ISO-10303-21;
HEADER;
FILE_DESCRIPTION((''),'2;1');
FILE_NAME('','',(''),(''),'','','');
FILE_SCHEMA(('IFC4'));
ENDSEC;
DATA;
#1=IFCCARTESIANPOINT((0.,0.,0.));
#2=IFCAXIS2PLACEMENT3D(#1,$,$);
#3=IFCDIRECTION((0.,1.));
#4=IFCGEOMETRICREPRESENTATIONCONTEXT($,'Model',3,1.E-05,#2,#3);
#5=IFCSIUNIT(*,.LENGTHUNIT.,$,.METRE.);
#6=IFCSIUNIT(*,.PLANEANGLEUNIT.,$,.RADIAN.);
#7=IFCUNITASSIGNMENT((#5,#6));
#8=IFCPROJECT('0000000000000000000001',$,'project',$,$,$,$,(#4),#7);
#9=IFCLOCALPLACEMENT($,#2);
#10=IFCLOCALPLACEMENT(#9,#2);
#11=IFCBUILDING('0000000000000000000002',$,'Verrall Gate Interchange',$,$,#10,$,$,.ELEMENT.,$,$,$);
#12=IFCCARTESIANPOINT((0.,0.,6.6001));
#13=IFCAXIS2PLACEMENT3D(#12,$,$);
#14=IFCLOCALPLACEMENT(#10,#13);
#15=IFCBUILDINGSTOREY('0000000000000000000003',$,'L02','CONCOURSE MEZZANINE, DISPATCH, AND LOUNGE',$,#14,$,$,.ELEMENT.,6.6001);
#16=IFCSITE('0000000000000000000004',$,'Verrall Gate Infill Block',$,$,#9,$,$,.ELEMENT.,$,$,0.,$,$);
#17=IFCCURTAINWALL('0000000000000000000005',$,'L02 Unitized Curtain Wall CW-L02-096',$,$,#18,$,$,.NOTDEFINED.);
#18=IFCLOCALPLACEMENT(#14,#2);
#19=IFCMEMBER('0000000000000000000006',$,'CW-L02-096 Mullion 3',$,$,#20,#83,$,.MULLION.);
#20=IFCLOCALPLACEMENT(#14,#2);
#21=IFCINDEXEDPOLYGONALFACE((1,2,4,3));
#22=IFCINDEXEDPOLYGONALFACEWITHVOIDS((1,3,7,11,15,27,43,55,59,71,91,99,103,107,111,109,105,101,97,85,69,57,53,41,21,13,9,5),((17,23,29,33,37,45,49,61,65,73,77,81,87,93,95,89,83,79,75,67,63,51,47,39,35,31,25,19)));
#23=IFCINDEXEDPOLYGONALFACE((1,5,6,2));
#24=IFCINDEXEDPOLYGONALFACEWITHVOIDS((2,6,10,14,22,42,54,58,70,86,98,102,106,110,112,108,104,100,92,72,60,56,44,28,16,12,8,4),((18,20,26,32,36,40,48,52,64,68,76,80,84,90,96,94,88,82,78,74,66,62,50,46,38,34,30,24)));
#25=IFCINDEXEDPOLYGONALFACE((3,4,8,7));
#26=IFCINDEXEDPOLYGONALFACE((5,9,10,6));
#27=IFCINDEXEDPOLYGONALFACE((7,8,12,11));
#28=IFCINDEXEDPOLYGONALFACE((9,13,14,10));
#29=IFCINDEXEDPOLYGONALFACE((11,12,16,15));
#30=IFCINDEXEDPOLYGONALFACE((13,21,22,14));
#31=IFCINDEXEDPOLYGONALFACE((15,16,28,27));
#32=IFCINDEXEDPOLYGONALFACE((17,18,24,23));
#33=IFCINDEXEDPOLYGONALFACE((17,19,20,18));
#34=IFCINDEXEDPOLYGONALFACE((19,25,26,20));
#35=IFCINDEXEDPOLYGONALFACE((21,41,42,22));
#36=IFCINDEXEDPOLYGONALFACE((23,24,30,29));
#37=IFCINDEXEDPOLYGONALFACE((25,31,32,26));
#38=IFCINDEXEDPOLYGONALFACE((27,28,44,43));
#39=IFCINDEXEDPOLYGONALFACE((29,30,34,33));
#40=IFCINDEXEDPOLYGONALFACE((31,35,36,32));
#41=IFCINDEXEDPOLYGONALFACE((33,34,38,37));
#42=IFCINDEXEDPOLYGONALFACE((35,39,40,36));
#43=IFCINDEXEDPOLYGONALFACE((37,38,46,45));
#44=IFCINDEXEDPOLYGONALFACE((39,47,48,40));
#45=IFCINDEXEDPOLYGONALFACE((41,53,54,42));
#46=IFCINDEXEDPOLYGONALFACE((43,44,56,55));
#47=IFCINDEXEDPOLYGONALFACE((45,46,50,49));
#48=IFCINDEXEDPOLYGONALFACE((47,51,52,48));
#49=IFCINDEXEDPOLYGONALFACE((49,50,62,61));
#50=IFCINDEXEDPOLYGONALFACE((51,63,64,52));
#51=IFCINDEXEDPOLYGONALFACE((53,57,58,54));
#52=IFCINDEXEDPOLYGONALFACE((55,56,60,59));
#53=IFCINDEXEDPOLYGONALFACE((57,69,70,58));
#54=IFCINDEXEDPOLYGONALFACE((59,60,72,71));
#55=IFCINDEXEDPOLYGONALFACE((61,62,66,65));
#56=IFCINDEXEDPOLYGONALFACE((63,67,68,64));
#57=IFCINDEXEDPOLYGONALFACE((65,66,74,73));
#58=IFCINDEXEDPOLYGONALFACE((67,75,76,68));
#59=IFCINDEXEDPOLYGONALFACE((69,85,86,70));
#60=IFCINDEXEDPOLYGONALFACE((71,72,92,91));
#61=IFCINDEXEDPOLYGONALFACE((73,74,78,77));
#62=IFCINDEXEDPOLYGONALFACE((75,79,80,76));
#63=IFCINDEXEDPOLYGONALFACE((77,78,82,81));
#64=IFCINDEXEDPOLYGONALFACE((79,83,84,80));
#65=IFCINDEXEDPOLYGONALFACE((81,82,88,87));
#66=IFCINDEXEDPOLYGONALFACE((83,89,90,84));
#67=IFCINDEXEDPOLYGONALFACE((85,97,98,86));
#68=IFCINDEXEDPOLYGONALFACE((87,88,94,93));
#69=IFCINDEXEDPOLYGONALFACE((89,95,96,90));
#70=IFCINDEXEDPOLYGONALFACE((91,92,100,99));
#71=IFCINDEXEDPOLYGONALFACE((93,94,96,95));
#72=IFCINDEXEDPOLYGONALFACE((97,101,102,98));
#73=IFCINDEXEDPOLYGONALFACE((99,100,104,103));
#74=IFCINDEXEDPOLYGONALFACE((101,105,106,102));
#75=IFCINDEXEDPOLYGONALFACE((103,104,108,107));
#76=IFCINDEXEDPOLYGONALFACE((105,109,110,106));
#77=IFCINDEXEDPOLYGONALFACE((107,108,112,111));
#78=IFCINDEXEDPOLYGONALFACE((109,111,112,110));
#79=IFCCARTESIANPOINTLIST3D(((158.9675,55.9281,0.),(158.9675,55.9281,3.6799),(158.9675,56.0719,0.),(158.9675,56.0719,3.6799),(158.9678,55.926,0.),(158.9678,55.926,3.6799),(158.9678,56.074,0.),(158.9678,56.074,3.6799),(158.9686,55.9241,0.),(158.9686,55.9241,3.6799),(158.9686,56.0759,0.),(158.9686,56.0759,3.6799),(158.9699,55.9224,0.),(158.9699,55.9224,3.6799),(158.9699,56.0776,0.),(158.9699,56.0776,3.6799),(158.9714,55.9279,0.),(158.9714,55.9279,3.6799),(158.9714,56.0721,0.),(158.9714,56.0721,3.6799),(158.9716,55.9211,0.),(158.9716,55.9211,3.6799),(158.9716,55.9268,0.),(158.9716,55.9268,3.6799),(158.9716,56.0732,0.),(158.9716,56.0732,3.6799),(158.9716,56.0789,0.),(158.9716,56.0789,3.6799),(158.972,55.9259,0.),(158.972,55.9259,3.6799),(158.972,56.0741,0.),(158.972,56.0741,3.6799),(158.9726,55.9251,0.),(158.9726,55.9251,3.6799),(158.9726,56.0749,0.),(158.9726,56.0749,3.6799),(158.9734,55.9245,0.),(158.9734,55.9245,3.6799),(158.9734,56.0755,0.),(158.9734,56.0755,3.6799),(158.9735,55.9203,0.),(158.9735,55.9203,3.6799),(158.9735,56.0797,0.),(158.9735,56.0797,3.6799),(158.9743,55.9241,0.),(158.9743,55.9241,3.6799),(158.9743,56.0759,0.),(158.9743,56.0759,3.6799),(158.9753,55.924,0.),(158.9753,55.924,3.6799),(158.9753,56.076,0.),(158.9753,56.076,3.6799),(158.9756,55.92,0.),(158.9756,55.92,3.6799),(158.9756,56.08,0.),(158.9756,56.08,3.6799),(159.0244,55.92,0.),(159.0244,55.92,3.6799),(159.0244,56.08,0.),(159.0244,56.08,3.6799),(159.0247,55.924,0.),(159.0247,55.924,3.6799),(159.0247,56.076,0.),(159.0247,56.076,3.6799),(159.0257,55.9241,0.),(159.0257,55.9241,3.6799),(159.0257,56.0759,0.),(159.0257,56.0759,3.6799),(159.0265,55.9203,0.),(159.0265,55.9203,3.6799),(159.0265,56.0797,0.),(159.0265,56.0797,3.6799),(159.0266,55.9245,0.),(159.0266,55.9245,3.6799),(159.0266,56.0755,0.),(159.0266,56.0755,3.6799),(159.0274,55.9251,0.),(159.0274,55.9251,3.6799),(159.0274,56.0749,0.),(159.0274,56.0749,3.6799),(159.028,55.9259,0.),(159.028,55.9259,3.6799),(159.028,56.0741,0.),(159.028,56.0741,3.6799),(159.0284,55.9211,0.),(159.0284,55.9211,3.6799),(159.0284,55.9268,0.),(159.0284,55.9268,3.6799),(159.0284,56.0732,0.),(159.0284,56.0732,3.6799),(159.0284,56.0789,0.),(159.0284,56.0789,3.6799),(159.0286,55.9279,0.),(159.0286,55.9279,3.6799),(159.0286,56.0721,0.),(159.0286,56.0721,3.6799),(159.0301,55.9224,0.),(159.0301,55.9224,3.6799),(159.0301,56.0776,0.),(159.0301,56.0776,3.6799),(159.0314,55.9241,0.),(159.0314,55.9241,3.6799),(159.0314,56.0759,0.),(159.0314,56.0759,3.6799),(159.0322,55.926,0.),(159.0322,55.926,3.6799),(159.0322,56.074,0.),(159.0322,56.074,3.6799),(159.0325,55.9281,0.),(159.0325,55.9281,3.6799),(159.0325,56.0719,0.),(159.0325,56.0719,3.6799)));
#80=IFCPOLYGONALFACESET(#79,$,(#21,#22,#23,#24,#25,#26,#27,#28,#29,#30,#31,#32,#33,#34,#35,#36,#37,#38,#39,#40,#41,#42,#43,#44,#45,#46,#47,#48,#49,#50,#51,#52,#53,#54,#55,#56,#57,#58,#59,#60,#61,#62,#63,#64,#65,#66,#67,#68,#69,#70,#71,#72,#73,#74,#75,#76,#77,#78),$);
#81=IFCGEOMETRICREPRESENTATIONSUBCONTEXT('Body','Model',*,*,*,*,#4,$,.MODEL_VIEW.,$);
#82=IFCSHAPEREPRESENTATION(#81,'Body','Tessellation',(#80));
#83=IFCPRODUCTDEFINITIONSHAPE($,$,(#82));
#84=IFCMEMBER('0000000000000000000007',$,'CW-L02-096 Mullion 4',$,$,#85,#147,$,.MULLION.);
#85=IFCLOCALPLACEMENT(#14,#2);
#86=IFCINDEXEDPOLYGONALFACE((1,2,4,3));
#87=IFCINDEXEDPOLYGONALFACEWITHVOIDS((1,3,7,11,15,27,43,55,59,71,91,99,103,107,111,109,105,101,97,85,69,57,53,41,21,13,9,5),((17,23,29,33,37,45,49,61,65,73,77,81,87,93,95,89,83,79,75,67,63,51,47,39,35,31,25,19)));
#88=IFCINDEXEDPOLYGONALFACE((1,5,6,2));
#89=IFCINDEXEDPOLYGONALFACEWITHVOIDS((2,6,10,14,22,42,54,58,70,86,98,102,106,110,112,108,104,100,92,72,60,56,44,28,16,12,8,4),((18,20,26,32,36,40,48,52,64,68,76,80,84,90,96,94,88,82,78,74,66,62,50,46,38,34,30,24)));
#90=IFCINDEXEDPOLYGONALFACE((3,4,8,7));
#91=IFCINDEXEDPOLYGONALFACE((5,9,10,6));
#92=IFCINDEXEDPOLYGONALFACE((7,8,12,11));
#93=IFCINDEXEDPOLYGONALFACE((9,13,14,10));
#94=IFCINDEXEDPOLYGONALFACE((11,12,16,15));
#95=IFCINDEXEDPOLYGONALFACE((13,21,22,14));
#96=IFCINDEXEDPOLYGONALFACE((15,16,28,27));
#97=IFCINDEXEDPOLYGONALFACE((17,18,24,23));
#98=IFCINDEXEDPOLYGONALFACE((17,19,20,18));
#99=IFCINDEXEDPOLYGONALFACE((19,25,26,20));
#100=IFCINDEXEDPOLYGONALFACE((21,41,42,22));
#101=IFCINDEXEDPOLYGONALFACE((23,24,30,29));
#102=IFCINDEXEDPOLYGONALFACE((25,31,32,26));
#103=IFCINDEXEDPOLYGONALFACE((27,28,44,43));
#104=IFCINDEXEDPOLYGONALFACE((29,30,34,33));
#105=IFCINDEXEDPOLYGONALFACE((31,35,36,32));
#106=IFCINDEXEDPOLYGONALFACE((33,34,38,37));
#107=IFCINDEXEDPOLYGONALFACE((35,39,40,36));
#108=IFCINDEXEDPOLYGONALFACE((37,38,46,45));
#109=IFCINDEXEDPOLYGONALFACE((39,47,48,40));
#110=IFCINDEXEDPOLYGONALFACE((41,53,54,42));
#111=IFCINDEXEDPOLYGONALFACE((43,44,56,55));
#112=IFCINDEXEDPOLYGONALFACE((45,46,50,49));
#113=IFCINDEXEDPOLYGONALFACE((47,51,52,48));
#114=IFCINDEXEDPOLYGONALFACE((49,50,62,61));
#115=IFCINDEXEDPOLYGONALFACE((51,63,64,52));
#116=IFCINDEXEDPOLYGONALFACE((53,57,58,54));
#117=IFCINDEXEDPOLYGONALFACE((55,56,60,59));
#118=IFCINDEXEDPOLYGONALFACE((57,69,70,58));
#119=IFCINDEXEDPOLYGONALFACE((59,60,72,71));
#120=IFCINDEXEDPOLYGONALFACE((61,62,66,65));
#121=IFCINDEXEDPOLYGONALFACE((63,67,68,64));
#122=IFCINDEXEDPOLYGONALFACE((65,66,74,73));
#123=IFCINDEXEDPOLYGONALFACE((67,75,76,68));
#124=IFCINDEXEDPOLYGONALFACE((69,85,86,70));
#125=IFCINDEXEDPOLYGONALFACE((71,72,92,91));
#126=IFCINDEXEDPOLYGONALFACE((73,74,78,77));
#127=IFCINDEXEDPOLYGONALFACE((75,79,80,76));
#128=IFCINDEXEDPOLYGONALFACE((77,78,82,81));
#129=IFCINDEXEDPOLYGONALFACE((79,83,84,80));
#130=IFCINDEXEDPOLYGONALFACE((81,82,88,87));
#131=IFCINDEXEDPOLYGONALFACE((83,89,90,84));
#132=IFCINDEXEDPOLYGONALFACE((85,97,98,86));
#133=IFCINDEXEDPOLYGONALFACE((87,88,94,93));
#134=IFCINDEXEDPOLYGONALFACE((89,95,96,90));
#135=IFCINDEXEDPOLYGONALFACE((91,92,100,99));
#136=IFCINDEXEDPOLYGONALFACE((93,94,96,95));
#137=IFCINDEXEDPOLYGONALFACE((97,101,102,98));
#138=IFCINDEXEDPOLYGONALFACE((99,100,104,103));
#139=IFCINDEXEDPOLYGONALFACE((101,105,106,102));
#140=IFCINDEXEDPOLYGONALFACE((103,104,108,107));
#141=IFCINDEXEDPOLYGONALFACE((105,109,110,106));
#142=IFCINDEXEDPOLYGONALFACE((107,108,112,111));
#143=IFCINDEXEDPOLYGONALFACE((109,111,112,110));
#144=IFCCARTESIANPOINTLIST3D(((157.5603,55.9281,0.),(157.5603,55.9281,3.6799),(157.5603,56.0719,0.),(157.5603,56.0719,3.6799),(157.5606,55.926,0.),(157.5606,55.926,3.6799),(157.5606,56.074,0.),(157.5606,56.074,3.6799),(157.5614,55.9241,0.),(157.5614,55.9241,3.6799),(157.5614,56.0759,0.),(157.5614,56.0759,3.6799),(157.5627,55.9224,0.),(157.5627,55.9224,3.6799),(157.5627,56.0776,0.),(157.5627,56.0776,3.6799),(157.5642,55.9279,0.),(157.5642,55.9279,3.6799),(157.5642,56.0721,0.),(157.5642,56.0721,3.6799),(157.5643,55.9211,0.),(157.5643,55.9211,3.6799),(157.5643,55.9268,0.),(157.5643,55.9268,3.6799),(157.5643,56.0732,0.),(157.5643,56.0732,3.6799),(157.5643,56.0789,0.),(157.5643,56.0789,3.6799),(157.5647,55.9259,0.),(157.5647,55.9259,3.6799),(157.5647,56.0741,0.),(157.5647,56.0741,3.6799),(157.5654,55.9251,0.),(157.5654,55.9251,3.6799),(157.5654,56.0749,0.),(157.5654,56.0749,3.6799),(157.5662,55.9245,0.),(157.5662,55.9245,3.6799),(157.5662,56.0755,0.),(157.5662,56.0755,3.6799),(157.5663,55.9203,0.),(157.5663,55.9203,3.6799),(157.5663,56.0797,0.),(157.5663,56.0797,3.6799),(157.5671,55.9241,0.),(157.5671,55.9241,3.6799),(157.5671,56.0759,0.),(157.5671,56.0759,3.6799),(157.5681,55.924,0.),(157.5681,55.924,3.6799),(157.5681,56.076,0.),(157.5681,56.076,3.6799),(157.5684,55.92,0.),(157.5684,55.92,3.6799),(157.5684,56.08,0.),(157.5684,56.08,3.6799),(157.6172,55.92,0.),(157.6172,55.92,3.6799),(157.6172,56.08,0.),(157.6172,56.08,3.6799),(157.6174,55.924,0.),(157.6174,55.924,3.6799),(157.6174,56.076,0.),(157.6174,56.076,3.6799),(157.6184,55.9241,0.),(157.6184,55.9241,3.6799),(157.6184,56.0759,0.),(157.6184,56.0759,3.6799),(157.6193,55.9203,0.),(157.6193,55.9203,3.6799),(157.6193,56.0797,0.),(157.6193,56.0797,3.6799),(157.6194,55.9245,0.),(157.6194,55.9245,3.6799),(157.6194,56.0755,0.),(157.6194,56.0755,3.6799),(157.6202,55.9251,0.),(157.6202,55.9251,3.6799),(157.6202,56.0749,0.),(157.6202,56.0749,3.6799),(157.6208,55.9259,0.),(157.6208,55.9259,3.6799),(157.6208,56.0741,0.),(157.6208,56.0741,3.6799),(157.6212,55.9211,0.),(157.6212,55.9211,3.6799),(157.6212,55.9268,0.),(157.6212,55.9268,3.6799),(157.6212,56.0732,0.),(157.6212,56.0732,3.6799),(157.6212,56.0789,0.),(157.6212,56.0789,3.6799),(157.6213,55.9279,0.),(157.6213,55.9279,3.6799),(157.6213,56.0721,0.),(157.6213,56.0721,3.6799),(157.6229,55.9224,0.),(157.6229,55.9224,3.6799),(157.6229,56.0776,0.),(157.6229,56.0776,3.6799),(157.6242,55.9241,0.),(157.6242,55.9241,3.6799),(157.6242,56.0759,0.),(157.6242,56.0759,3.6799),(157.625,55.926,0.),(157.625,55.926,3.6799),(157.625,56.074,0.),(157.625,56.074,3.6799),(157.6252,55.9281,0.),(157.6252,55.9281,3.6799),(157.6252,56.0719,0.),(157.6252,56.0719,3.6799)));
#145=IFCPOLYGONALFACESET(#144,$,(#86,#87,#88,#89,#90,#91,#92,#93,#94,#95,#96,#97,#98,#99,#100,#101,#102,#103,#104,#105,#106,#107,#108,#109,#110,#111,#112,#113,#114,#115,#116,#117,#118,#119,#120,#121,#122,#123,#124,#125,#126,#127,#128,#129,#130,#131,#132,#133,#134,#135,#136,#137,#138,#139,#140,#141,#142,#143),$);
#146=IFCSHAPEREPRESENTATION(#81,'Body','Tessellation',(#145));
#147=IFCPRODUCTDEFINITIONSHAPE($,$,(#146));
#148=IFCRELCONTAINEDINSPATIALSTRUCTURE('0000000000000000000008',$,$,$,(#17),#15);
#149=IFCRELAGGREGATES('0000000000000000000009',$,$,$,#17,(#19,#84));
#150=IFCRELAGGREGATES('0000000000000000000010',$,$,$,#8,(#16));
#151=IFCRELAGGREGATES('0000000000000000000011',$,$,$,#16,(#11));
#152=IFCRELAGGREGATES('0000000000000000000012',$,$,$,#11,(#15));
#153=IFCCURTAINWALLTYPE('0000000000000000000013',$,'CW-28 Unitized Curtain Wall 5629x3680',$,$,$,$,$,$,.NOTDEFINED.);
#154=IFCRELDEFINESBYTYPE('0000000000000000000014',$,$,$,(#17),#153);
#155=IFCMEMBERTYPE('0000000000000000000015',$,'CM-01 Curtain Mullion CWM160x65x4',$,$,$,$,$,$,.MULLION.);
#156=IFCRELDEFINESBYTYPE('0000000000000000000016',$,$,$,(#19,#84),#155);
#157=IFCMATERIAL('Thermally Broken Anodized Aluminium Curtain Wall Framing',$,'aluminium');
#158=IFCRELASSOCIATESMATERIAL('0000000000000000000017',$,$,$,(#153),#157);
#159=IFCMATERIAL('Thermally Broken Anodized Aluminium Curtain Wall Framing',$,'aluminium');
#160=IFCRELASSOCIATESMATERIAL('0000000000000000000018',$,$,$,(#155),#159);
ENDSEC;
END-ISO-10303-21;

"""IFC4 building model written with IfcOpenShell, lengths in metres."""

from ifc_helpers import new_model, si_unit, direction, frame, origin, origin_2d, place, context, subcontext, project, spatial, hollow_rectangle, extrude, material, material_profile, profile_set, type_object, element, aggregate, save


model = new_model("IFC4")

# Units and contexts
model_context = context("Model", 3, precision=1e-05, world=origin(), true_north=direction((0.0, 1.0)))
body_context = subcontext(model_context, "Body", "Model", "MODEL_VIEW")
ifc_project = project(units=[si_unit("LENGTHUNIT", "METRE"), si_unit("PLANEANGLEUNIT", "RADIAN")], contexts=[model_context])

# Site, building, storey
site_placement = place(None, origin())
site = spatial("IfcSite", under=ifc_project, at=site_placement, Name="Verrall Gate Infill Block", CompositionType="ELEMENT", RefElevation=0.0)
building_placement = place(site_placement, origin())
building = spatial("IfcBuilding", under=site, at=building_placement, Name="Verrall Gate Interchange", CompositionType="ELEMENT")
storey_placement = place(building_placement, frame((0.0, 0.0, 6.6001)))
storey = spatial("IfcBuildingStorey", under=building, at=storey_placement, Name="L02", Description="CONCOURSE MEZZANINE, DISPATCH, AND LOUNGE", CompositionType="ELEMENT", Elevation=6.6001)

# Curtain wall, members
ifc_material_1 = material(Name="Thermally Broken Anodized Aluminium Curtain Wall Framing", Category="aluminium")
curtain_wall_type_1 = type_object("IfcCurtainWallType", Name="CW-28 Unitized Curtain Wall 5629x3680", PredefinedType="NOTDEFINED", material=ifc_material_1)
curtain_wall_1_placement = place(storey_placement, origin())
curtain_wall_1 = element("IfcCurtainWall", 1, at=curtain_wall_1_placement, inside=storey, type_object=curtain_wall_type_1, Name="L02 Unitized Curtain Wall CW-L02-096", PredefinedType="NOTDEFINED")
ifc_material_2 = material(Name="Thermally Broken Anodized Aluminium Curtain Wall Framing", Category="aluminium")
ifc_material_profile_1 = material_profile(ifc_material_2, hollow_rectangle(XDim=0.0649, YDim=0.1599, WallThickness=0.0039, InnerFilletRadius=0.0039, OuterFilletRadius=0.0081, at=origin_2d()), Name="CWM160x65x4")
ifc_profile_set_1 = profile_set([ifc_material_profile_1], Name="Thermally Broken Anodized Aluminium Curtain Wall Framing")
member_type_1 = type_object("IfcMemberType", Name="CM-01 Curtain Mullion CWM160x65x4", PredefinedType="MULLION", material=ifc_profile_set_1)
member_1_placement = place(storey_placement, frame((159.0, 56.0, 0.0), z_axis=(0.0, 0.0, 1.0), x_axis=(-1.0, 0.0, 0.0)))
member_1 = element("IfcMember", 2, at=member_1_placement, type_object=member_type_1, Name="CW-L02-096 Mullion 3", PredefinedType="MULLION", context=body_context, shape_type="SweptSolid", body=[
    extrude(hollow_rectangle(XDim=0.0649, YDim=0.1599, WallThickness=0.0039, InnerFilletRadius=0.0039, OuterFilletRadius=0.0081, at=origin_2d()), origin(), (0.0, 0.0, 1.0), 3.6799),
])
member_2_placement = place(storey_placement, frame((157.5928, 56.0, 0.0), z_axis=(0.0, 0.0, 1.0), x_axis=(-1.0, 0.0, 0.0)))
member_2 = element("IfcMember", 3, at=member_2_placement, type_object=member_type_1, Name="CW-L02-096 Mullion 4", PredefinedType="MULLION", context=body_context, shape_type="SweptSolid", body=[
    extrude(hollow_rectangle(XDim=0.0649, YDim=0.1599, WallThickness=0.0039, InnerFilletRadius=0.0039, OuterFilletRadius=0.0081, at=origin_2d()), origin(), (0.0, 0.0, 1.0), 3.6799),
])

aggregate(curtain_wall_1, [member_1, member_2])

save(model, "model.ifc")
